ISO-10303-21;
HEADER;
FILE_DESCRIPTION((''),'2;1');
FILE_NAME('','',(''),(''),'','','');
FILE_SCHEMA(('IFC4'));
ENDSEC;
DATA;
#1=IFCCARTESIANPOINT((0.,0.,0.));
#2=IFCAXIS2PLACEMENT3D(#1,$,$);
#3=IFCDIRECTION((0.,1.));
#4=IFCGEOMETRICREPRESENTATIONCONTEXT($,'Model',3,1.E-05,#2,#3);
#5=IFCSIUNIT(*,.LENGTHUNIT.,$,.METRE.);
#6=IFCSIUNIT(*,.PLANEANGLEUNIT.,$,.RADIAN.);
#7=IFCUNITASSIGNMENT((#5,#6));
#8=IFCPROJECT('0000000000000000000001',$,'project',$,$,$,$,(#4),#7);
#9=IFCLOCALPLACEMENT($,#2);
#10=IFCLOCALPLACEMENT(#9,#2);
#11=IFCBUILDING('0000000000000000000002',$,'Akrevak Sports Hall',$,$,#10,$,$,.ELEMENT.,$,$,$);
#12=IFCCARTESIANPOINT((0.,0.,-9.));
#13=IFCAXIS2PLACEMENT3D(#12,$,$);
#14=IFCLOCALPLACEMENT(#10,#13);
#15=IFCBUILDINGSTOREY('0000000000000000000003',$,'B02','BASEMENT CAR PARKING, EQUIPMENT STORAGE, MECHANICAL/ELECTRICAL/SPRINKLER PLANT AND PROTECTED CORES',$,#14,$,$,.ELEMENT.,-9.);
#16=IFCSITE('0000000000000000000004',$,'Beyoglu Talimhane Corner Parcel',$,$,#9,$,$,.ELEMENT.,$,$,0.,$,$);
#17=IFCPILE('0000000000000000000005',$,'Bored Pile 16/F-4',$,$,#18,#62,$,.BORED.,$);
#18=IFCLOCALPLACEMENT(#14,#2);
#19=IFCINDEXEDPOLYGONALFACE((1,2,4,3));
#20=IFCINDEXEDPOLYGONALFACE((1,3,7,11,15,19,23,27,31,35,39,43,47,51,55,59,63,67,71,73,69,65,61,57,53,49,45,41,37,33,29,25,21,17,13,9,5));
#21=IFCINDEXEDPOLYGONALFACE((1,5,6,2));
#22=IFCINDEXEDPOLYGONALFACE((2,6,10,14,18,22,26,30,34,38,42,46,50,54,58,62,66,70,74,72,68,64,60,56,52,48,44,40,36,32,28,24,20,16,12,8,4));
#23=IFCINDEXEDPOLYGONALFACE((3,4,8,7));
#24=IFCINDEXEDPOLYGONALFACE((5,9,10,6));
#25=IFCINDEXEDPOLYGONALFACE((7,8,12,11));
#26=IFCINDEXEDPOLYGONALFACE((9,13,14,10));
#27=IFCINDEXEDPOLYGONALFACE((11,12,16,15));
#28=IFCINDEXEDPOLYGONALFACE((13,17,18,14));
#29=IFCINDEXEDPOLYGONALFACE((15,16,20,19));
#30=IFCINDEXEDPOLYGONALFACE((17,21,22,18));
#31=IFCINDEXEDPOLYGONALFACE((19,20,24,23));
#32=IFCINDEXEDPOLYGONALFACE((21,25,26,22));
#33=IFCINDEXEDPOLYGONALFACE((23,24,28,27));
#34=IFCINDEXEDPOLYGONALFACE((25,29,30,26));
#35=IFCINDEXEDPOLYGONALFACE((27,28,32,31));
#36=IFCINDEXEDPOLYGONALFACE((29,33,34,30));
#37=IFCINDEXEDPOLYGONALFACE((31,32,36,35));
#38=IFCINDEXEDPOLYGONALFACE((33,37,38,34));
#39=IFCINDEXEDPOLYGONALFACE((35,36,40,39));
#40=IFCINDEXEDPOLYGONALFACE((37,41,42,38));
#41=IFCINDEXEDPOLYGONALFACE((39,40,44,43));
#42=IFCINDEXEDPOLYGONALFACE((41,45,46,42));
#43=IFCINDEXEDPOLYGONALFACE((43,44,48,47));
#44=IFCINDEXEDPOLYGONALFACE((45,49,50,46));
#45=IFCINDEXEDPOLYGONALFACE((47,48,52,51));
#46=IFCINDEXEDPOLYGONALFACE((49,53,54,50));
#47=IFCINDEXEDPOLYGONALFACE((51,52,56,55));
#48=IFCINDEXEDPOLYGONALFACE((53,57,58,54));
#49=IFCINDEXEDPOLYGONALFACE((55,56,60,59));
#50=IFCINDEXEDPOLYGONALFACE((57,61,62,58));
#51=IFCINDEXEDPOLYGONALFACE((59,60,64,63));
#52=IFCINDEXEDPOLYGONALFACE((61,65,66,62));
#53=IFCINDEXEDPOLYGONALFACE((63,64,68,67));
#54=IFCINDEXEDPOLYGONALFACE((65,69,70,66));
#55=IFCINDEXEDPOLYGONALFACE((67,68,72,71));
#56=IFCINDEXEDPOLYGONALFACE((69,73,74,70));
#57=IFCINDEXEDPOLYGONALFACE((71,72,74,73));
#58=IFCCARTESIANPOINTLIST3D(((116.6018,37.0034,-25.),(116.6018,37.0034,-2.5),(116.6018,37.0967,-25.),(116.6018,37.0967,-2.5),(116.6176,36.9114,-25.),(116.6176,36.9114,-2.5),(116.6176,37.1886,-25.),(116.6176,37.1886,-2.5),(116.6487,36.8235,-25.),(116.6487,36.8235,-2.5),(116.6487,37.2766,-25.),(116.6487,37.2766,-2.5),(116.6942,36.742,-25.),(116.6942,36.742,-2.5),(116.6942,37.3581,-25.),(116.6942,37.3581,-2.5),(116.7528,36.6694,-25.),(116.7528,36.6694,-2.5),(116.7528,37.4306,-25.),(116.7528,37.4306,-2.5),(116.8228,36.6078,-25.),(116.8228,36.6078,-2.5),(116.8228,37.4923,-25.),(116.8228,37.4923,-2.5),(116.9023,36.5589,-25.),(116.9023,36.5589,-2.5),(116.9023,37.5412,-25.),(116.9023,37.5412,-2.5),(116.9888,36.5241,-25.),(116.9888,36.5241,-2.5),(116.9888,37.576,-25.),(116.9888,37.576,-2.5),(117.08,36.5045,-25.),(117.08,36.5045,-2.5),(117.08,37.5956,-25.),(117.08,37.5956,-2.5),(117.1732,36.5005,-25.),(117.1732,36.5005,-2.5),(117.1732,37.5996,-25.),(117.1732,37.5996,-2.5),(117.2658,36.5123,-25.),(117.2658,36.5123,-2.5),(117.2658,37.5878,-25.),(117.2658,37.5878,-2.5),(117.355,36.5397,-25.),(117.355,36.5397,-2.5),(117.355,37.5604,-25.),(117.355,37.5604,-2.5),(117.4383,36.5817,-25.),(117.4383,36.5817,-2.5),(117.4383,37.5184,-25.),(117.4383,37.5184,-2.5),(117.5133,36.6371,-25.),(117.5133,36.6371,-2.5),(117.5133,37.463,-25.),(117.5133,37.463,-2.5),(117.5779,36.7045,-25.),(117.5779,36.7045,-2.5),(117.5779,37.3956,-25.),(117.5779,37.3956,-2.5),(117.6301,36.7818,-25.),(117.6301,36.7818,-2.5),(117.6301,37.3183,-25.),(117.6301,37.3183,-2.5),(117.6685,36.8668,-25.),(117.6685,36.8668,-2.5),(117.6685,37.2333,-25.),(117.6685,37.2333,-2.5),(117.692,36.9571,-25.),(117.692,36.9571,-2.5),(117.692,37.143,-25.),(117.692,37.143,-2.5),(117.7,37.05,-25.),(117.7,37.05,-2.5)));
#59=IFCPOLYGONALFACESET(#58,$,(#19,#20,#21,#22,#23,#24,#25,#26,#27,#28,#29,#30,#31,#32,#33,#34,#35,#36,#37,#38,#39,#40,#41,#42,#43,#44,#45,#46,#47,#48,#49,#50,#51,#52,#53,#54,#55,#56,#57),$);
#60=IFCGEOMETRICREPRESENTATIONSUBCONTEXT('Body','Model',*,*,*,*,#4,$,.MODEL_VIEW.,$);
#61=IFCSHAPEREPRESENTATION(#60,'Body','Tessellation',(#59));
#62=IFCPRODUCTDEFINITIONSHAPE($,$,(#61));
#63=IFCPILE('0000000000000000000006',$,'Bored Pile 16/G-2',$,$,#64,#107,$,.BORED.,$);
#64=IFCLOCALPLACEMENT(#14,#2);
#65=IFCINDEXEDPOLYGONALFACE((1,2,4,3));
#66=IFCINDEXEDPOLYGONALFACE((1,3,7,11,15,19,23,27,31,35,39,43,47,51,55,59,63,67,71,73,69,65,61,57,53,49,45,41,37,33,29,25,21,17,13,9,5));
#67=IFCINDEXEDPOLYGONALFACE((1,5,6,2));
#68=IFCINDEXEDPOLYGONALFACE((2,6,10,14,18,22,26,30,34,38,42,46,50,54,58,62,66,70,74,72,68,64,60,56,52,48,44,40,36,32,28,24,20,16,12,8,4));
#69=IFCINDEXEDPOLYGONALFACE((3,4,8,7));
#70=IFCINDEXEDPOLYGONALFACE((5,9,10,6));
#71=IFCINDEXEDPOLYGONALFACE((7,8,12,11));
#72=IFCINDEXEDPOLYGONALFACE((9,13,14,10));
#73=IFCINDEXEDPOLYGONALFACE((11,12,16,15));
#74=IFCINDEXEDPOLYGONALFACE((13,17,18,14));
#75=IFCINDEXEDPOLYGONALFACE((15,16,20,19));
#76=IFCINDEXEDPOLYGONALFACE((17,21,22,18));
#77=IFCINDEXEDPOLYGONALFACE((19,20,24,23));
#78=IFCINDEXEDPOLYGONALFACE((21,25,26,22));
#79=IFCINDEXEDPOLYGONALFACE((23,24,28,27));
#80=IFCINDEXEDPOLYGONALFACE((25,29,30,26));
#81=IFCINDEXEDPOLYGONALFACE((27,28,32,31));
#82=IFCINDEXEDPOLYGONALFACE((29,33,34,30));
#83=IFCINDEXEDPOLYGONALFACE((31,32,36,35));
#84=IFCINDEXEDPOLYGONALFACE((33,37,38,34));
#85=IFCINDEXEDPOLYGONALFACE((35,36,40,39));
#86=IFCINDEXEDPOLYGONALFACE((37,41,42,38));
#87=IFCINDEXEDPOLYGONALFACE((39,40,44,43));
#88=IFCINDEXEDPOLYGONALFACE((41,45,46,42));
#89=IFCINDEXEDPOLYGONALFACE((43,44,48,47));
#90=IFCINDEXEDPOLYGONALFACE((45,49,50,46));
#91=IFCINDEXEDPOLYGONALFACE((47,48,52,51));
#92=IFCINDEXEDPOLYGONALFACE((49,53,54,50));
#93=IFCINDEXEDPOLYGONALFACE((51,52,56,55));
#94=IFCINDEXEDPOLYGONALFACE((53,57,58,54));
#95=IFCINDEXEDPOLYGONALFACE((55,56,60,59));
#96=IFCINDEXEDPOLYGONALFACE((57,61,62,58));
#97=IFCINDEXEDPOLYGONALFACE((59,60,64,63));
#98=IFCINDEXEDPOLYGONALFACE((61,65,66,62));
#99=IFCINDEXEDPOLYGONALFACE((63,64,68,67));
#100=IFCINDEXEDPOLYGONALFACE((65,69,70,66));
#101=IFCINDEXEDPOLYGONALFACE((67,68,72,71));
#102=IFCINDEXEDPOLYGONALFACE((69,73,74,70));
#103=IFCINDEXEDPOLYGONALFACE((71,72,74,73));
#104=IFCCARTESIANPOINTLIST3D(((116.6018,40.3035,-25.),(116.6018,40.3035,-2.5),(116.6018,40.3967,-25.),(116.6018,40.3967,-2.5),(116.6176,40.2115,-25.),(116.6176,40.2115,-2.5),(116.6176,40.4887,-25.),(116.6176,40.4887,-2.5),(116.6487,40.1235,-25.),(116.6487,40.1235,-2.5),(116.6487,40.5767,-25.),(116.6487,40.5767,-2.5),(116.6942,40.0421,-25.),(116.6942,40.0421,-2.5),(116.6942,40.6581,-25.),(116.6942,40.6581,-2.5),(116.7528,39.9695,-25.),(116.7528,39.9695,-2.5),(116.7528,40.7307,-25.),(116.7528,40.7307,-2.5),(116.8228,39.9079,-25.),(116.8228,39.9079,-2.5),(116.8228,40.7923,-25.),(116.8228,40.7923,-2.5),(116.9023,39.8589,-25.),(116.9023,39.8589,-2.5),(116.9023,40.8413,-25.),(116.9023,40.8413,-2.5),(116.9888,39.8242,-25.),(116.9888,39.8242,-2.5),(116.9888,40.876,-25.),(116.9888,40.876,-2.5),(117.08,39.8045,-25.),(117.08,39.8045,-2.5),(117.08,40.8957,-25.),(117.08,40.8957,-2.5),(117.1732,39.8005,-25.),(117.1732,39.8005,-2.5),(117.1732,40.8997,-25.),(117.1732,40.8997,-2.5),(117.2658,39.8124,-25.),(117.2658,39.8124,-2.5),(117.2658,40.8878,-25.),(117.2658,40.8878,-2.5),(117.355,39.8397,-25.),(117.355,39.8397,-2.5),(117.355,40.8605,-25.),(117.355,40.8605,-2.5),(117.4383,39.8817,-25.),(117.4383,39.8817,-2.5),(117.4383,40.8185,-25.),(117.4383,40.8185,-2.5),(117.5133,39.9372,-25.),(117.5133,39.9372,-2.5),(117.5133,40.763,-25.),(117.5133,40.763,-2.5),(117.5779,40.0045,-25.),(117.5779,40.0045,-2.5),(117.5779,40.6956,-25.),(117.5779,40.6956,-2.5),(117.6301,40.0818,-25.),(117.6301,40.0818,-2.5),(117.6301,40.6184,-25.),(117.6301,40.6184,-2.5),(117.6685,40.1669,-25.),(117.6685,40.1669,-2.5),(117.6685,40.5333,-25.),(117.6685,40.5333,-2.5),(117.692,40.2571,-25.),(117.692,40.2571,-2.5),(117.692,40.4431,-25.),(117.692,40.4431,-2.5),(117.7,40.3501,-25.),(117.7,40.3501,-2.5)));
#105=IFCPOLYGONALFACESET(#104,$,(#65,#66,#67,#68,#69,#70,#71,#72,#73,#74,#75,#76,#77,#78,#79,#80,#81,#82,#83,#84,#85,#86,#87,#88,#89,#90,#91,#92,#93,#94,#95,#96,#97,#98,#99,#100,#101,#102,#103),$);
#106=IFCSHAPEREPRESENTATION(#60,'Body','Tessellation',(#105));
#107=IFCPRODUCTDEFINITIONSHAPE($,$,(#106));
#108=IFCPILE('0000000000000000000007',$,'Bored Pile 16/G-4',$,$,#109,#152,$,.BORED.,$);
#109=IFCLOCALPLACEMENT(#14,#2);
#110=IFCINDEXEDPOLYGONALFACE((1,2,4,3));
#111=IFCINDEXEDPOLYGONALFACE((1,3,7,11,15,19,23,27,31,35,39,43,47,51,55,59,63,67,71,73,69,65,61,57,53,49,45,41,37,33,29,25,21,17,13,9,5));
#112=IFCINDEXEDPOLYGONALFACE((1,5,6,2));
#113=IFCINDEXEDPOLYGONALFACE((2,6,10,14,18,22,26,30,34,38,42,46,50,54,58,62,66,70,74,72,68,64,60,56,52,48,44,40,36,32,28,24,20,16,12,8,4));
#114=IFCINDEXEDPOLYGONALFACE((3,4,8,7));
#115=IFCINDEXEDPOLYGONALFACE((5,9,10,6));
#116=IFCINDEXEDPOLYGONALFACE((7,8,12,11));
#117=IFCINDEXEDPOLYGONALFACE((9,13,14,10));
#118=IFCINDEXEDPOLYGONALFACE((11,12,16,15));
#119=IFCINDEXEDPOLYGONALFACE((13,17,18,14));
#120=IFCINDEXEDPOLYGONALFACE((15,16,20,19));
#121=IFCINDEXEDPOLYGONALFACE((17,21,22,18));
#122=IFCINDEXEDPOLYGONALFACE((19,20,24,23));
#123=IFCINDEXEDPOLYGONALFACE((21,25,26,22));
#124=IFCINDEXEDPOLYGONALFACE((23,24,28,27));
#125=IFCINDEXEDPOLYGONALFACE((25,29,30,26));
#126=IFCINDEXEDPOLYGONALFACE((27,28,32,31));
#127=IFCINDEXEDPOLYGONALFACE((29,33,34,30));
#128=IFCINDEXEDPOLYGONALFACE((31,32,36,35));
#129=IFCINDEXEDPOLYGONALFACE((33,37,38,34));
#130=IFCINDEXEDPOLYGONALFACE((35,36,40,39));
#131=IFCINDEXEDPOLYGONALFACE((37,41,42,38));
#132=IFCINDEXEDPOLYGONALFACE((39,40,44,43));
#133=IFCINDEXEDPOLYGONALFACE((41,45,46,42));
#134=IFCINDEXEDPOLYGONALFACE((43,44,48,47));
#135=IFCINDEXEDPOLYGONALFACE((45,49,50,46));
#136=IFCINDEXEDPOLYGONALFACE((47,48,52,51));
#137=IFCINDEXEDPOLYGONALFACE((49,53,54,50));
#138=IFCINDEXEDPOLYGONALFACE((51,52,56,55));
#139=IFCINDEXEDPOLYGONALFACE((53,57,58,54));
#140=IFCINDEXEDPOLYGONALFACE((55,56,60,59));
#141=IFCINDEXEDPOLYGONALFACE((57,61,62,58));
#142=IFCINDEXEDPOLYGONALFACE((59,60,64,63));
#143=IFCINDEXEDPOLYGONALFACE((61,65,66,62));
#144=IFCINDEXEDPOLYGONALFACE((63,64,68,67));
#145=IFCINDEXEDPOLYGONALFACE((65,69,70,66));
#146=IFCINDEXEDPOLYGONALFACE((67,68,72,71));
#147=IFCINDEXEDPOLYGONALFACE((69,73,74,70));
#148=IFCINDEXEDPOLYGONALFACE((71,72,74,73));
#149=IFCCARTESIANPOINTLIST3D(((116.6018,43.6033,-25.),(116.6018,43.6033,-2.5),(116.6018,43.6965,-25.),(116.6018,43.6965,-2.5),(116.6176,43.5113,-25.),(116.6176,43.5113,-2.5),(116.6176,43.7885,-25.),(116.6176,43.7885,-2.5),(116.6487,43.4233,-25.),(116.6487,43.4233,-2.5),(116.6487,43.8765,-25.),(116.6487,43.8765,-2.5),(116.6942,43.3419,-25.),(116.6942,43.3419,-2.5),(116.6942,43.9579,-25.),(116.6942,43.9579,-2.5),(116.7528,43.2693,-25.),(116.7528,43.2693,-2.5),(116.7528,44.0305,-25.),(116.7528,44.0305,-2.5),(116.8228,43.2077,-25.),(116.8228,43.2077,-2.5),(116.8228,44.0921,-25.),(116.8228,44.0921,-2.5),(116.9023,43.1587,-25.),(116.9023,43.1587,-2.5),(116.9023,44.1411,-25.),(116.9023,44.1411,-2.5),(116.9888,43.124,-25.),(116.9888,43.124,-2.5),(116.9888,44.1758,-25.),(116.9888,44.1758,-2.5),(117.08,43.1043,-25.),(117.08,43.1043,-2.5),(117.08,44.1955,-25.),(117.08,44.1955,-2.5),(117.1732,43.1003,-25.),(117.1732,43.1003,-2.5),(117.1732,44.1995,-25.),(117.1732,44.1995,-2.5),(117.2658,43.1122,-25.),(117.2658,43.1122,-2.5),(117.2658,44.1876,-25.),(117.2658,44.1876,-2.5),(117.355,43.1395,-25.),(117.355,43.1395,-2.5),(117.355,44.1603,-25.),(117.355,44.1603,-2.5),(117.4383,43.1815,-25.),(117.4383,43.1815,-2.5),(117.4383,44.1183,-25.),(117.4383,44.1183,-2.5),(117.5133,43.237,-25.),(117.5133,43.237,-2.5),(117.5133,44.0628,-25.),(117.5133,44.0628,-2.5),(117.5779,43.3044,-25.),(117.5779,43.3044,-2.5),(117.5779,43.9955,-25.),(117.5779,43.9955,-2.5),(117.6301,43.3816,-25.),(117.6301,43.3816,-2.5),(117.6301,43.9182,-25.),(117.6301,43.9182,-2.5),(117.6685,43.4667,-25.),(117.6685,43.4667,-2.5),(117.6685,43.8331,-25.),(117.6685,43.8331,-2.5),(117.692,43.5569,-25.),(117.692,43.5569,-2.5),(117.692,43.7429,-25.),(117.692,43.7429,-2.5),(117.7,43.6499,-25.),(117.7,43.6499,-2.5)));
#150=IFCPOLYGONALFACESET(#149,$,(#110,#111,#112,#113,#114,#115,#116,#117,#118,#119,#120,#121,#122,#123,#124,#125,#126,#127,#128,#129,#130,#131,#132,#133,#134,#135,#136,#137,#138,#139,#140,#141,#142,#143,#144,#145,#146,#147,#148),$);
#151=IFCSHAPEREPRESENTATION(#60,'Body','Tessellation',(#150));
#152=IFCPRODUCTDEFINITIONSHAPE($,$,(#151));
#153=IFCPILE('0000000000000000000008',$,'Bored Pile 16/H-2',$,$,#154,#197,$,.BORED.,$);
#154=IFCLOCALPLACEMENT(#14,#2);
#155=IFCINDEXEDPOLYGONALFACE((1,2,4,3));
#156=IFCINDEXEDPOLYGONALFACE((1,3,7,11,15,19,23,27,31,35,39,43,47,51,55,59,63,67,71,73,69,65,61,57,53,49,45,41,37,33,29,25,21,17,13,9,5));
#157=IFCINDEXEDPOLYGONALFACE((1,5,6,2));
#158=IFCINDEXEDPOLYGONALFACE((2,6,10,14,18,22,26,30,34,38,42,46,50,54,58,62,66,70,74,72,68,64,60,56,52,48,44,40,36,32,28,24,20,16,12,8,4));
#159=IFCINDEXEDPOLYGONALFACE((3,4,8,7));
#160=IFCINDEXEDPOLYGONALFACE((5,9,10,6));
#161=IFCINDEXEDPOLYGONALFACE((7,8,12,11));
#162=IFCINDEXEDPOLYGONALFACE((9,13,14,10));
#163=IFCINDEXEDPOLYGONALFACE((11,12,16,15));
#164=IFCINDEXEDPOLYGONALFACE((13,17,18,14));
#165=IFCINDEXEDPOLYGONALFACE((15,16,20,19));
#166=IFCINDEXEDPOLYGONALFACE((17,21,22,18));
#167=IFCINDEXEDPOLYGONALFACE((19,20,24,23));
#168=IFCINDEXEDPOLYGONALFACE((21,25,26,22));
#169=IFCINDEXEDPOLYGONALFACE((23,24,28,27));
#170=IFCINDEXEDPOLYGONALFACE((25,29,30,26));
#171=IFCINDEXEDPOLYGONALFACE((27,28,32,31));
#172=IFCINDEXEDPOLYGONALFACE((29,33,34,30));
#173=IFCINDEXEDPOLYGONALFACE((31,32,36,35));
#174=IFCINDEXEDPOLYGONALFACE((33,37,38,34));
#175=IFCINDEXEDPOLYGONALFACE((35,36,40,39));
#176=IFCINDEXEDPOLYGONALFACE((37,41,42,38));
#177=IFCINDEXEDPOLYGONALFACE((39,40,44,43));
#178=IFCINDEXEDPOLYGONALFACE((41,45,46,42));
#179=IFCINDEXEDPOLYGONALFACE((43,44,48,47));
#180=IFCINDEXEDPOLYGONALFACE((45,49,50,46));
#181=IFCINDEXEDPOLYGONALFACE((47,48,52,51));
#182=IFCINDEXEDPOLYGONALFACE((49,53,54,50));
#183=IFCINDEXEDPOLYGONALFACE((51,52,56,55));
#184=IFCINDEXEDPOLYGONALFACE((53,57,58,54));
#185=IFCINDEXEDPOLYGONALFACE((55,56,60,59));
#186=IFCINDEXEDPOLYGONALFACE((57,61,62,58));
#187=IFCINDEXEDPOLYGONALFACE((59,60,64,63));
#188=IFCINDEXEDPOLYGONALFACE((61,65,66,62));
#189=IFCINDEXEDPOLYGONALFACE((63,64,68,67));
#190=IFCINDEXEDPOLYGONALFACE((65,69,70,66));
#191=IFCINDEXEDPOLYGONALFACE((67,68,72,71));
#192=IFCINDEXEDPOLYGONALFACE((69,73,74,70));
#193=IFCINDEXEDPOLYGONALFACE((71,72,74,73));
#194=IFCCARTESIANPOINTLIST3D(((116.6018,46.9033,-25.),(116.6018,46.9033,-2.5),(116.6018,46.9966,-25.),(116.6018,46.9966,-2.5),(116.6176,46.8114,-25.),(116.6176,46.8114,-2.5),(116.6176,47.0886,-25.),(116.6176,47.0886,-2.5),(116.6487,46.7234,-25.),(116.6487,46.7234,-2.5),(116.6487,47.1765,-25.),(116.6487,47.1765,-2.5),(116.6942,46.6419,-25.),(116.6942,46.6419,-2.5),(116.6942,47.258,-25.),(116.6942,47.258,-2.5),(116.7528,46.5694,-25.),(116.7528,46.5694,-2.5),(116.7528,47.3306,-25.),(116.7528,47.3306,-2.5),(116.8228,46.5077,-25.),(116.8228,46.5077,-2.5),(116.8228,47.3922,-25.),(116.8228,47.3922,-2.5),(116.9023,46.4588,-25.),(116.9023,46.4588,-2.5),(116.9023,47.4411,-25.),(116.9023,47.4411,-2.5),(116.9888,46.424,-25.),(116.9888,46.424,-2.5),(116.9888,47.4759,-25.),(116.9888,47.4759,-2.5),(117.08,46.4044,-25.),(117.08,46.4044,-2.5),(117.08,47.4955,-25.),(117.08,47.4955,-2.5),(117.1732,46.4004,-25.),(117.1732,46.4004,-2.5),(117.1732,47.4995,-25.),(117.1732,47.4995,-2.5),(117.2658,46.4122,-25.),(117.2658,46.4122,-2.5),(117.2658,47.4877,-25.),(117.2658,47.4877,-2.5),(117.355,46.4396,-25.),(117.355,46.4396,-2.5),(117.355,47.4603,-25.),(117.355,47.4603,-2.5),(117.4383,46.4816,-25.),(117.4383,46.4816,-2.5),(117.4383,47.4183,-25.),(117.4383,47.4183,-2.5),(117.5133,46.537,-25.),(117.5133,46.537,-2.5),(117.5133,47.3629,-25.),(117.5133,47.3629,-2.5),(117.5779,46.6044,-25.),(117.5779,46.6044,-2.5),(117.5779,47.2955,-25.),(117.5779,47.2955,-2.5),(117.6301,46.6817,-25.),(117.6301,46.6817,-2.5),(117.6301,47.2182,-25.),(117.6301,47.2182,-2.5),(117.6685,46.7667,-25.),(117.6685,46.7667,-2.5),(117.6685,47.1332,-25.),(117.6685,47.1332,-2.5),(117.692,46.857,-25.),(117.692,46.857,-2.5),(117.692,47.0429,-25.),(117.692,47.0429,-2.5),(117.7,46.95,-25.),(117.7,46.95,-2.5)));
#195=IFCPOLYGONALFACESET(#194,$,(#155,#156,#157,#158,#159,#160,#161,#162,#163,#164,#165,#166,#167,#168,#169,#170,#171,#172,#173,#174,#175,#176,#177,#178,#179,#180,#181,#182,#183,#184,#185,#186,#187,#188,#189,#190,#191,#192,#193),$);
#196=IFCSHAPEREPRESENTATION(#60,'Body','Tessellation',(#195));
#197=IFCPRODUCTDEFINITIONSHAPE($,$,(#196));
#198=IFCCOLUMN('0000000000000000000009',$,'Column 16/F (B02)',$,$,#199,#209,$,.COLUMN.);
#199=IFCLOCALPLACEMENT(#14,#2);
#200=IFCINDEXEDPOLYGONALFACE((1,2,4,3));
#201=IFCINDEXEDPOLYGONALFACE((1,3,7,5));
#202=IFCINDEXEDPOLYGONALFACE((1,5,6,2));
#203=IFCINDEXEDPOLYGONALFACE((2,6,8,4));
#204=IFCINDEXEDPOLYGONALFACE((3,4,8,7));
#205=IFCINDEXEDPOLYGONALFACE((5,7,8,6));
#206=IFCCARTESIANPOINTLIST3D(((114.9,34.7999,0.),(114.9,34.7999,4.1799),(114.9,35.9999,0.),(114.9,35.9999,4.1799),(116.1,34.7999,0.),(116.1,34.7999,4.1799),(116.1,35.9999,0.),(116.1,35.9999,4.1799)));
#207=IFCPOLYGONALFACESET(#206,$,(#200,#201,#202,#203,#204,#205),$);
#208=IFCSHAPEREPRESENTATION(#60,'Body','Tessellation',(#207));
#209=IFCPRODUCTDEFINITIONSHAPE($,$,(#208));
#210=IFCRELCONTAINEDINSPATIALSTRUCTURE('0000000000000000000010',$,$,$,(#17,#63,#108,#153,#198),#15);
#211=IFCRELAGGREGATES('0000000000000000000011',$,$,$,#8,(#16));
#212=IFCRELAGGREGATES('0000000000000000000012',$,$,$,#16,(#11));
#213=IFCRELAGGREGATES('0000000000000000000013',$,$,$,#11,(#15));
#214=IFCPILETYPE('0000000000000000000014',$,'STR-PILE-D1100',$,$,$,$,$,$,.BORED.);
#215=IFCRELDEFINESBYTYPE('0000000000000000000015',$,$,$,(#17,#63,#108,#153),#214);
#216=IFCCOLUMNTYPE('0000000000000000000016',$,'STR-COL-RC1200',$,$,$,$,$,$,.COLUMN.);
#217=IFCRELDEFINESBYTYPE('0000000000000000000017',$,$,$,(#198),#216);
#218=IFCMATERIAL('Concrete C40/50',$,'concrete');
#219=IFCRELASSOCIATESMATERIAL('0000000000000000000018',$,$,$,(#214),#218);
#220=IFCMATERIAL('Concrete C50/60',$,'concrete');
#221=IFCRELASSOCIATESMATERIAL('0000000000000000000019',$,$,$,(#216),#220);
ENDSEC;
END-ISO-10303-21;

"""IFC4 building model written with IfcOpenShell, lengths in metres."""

from ifc_helpers import new_model, si_unit, direction, frame, origin, origin_2d, place, context, subcontext, project, spatial, rectangle, circle, extrude, material, material_profile, profile_set, type_object, element, save


model = new_model("IFC4")

# Units and contexts
model_context = context("Model", 3, precision=1e-05, world=origin(), true_north=direction((0.0, 1.0)))
body_context = subcontext(model_context, "Body", "Model", "MODEL_VIEW")
ifc_project = project(units=[si_unit("LENGTHUNIT", "METRE"), si_unit("PLANEANGLEUNIT", "RADIAN")], contexts=[model_context])

# Site, building, storey
site_placement = place(None, origin())
site = spatial("IfcSite", under=ifc_project, at=site_placement, Name="Beyoglu Talimhane Corner Parcel", CompositionType="ELEMENT", RefElevation=0.0)
building_placement = place(site_placement, origin())
building = spatial("IfcBuilding", under=site, at=building_placement, Name="Akrevak Sports Hall", CompositionType="ELEMENT")
storey_placement = place(building_placement, frame((0.0, 0.0, -9.0)))
storey = spatial("IfcBuildingStorey", under=building, at=storey_placement, Name="B02", Description="BASEMENT CAR PARKING, EQUIPMENT STORAGE, MECHANICAL/ELECTRICAL/SPRINKLER PLANT AND PROTECTED CORES", CompositionType="ELEMENT", Elevation=-9.0)

# Shared definitions
ifc_material_1 = material(Name="Concrete C40/50", Category="concrete")

# Piles
ifc_material_profile_1 = material_profile(ifc_material_1, circle(Radius=0.55, at=origin_2d()), Name="BORED PILE D1100", Category="concrete")
ifc_profile_set_1 = profile_set([ifc_material_profile_1], Name="Concrete C40/50")
pile_type_1 = type_object("IfcPileType", Name="STR-PILE-D1100", PredefinedType="BORED", material=ifc_profile_set_1)
for number, where, z_axis, x_axis, name in (
    (1, (117.1499, 37.05, -2.5), (0.0, 0.0, -1.0), (1.0, 0.0, 0.0), "Bored Pile 16/F-4"),
    (2, (117.1499, 40.3501, -2.5), (0.0, 0.0, -1.0), (1.0, 0.0, 0.0), "Bored Pile 16/G-2"),
    (3, (117.1499, 43.6499, -2.5), (0.0, 0.0, -1.0), (1.0, 0.0, 0.0), "Bored Pile 16/G-4"),
    (4, (117.1499, 46.95, -2.5), (0.0, 0.0, -1.0), (1.0, 0.0, 0.0), "Bored Pile 16/H-2"),
):
    element("IfcPile", number, at=place(storey_placement, frame(where, z_axis=z_axis, x_axis=x_axis)), inside=storey, type_object=pile_type_1, Name=name, PredefinedType="BORED", context=body_context, shape_type="SweptSolid", body=[
        extrude(circle(Radius=0.55, at=origin_2d()), origin(), (0.0, 0.0, 1.0), 22.5),
    ])

# Column
ifc_material_2 = material(Name="Concrete C50/60", Category="concrete")
ifc_material_profile_2 = material_profile(ifc_material_2, rectangle(XDim=1.2, YDim=1.2, at=origin_2d()), Name="RC 1200x1200", Category="concrete")
ifc_profile_set_2 = profile_set([ifc_material_profile_2], Name="Concrete C50/60")
column_type_1 = type_object("IfcColumnType", Name="STR-COL-RC1200", PredefinedType="COLUMN", material=ifc_profile_set_2)
for number, where, z_axis, x_axis, name in (
    (5, (115.5, 35.3999, 0.0), (0.0, 0.0, 1.0), (1.0, 0.0, 0.0), "Column 16/F (B02)"),
):
    element("IfcColumn", number, at=place(storey_placement, frame(where, z_axis=z_axis, x_axis=x_axis)), inside=storey, type_object=column_type_1, Name=name, PredefinedType="COLUMN", context=body_context, shape_type="SweptSolid", body=[
        extrude(rectangle(XDim=1.2, YDim=1.2, at=origin_2d()), origin(), (0.0, 0.0, 1.0), 4.1799),
    ])

save(model, "model.ifc")
